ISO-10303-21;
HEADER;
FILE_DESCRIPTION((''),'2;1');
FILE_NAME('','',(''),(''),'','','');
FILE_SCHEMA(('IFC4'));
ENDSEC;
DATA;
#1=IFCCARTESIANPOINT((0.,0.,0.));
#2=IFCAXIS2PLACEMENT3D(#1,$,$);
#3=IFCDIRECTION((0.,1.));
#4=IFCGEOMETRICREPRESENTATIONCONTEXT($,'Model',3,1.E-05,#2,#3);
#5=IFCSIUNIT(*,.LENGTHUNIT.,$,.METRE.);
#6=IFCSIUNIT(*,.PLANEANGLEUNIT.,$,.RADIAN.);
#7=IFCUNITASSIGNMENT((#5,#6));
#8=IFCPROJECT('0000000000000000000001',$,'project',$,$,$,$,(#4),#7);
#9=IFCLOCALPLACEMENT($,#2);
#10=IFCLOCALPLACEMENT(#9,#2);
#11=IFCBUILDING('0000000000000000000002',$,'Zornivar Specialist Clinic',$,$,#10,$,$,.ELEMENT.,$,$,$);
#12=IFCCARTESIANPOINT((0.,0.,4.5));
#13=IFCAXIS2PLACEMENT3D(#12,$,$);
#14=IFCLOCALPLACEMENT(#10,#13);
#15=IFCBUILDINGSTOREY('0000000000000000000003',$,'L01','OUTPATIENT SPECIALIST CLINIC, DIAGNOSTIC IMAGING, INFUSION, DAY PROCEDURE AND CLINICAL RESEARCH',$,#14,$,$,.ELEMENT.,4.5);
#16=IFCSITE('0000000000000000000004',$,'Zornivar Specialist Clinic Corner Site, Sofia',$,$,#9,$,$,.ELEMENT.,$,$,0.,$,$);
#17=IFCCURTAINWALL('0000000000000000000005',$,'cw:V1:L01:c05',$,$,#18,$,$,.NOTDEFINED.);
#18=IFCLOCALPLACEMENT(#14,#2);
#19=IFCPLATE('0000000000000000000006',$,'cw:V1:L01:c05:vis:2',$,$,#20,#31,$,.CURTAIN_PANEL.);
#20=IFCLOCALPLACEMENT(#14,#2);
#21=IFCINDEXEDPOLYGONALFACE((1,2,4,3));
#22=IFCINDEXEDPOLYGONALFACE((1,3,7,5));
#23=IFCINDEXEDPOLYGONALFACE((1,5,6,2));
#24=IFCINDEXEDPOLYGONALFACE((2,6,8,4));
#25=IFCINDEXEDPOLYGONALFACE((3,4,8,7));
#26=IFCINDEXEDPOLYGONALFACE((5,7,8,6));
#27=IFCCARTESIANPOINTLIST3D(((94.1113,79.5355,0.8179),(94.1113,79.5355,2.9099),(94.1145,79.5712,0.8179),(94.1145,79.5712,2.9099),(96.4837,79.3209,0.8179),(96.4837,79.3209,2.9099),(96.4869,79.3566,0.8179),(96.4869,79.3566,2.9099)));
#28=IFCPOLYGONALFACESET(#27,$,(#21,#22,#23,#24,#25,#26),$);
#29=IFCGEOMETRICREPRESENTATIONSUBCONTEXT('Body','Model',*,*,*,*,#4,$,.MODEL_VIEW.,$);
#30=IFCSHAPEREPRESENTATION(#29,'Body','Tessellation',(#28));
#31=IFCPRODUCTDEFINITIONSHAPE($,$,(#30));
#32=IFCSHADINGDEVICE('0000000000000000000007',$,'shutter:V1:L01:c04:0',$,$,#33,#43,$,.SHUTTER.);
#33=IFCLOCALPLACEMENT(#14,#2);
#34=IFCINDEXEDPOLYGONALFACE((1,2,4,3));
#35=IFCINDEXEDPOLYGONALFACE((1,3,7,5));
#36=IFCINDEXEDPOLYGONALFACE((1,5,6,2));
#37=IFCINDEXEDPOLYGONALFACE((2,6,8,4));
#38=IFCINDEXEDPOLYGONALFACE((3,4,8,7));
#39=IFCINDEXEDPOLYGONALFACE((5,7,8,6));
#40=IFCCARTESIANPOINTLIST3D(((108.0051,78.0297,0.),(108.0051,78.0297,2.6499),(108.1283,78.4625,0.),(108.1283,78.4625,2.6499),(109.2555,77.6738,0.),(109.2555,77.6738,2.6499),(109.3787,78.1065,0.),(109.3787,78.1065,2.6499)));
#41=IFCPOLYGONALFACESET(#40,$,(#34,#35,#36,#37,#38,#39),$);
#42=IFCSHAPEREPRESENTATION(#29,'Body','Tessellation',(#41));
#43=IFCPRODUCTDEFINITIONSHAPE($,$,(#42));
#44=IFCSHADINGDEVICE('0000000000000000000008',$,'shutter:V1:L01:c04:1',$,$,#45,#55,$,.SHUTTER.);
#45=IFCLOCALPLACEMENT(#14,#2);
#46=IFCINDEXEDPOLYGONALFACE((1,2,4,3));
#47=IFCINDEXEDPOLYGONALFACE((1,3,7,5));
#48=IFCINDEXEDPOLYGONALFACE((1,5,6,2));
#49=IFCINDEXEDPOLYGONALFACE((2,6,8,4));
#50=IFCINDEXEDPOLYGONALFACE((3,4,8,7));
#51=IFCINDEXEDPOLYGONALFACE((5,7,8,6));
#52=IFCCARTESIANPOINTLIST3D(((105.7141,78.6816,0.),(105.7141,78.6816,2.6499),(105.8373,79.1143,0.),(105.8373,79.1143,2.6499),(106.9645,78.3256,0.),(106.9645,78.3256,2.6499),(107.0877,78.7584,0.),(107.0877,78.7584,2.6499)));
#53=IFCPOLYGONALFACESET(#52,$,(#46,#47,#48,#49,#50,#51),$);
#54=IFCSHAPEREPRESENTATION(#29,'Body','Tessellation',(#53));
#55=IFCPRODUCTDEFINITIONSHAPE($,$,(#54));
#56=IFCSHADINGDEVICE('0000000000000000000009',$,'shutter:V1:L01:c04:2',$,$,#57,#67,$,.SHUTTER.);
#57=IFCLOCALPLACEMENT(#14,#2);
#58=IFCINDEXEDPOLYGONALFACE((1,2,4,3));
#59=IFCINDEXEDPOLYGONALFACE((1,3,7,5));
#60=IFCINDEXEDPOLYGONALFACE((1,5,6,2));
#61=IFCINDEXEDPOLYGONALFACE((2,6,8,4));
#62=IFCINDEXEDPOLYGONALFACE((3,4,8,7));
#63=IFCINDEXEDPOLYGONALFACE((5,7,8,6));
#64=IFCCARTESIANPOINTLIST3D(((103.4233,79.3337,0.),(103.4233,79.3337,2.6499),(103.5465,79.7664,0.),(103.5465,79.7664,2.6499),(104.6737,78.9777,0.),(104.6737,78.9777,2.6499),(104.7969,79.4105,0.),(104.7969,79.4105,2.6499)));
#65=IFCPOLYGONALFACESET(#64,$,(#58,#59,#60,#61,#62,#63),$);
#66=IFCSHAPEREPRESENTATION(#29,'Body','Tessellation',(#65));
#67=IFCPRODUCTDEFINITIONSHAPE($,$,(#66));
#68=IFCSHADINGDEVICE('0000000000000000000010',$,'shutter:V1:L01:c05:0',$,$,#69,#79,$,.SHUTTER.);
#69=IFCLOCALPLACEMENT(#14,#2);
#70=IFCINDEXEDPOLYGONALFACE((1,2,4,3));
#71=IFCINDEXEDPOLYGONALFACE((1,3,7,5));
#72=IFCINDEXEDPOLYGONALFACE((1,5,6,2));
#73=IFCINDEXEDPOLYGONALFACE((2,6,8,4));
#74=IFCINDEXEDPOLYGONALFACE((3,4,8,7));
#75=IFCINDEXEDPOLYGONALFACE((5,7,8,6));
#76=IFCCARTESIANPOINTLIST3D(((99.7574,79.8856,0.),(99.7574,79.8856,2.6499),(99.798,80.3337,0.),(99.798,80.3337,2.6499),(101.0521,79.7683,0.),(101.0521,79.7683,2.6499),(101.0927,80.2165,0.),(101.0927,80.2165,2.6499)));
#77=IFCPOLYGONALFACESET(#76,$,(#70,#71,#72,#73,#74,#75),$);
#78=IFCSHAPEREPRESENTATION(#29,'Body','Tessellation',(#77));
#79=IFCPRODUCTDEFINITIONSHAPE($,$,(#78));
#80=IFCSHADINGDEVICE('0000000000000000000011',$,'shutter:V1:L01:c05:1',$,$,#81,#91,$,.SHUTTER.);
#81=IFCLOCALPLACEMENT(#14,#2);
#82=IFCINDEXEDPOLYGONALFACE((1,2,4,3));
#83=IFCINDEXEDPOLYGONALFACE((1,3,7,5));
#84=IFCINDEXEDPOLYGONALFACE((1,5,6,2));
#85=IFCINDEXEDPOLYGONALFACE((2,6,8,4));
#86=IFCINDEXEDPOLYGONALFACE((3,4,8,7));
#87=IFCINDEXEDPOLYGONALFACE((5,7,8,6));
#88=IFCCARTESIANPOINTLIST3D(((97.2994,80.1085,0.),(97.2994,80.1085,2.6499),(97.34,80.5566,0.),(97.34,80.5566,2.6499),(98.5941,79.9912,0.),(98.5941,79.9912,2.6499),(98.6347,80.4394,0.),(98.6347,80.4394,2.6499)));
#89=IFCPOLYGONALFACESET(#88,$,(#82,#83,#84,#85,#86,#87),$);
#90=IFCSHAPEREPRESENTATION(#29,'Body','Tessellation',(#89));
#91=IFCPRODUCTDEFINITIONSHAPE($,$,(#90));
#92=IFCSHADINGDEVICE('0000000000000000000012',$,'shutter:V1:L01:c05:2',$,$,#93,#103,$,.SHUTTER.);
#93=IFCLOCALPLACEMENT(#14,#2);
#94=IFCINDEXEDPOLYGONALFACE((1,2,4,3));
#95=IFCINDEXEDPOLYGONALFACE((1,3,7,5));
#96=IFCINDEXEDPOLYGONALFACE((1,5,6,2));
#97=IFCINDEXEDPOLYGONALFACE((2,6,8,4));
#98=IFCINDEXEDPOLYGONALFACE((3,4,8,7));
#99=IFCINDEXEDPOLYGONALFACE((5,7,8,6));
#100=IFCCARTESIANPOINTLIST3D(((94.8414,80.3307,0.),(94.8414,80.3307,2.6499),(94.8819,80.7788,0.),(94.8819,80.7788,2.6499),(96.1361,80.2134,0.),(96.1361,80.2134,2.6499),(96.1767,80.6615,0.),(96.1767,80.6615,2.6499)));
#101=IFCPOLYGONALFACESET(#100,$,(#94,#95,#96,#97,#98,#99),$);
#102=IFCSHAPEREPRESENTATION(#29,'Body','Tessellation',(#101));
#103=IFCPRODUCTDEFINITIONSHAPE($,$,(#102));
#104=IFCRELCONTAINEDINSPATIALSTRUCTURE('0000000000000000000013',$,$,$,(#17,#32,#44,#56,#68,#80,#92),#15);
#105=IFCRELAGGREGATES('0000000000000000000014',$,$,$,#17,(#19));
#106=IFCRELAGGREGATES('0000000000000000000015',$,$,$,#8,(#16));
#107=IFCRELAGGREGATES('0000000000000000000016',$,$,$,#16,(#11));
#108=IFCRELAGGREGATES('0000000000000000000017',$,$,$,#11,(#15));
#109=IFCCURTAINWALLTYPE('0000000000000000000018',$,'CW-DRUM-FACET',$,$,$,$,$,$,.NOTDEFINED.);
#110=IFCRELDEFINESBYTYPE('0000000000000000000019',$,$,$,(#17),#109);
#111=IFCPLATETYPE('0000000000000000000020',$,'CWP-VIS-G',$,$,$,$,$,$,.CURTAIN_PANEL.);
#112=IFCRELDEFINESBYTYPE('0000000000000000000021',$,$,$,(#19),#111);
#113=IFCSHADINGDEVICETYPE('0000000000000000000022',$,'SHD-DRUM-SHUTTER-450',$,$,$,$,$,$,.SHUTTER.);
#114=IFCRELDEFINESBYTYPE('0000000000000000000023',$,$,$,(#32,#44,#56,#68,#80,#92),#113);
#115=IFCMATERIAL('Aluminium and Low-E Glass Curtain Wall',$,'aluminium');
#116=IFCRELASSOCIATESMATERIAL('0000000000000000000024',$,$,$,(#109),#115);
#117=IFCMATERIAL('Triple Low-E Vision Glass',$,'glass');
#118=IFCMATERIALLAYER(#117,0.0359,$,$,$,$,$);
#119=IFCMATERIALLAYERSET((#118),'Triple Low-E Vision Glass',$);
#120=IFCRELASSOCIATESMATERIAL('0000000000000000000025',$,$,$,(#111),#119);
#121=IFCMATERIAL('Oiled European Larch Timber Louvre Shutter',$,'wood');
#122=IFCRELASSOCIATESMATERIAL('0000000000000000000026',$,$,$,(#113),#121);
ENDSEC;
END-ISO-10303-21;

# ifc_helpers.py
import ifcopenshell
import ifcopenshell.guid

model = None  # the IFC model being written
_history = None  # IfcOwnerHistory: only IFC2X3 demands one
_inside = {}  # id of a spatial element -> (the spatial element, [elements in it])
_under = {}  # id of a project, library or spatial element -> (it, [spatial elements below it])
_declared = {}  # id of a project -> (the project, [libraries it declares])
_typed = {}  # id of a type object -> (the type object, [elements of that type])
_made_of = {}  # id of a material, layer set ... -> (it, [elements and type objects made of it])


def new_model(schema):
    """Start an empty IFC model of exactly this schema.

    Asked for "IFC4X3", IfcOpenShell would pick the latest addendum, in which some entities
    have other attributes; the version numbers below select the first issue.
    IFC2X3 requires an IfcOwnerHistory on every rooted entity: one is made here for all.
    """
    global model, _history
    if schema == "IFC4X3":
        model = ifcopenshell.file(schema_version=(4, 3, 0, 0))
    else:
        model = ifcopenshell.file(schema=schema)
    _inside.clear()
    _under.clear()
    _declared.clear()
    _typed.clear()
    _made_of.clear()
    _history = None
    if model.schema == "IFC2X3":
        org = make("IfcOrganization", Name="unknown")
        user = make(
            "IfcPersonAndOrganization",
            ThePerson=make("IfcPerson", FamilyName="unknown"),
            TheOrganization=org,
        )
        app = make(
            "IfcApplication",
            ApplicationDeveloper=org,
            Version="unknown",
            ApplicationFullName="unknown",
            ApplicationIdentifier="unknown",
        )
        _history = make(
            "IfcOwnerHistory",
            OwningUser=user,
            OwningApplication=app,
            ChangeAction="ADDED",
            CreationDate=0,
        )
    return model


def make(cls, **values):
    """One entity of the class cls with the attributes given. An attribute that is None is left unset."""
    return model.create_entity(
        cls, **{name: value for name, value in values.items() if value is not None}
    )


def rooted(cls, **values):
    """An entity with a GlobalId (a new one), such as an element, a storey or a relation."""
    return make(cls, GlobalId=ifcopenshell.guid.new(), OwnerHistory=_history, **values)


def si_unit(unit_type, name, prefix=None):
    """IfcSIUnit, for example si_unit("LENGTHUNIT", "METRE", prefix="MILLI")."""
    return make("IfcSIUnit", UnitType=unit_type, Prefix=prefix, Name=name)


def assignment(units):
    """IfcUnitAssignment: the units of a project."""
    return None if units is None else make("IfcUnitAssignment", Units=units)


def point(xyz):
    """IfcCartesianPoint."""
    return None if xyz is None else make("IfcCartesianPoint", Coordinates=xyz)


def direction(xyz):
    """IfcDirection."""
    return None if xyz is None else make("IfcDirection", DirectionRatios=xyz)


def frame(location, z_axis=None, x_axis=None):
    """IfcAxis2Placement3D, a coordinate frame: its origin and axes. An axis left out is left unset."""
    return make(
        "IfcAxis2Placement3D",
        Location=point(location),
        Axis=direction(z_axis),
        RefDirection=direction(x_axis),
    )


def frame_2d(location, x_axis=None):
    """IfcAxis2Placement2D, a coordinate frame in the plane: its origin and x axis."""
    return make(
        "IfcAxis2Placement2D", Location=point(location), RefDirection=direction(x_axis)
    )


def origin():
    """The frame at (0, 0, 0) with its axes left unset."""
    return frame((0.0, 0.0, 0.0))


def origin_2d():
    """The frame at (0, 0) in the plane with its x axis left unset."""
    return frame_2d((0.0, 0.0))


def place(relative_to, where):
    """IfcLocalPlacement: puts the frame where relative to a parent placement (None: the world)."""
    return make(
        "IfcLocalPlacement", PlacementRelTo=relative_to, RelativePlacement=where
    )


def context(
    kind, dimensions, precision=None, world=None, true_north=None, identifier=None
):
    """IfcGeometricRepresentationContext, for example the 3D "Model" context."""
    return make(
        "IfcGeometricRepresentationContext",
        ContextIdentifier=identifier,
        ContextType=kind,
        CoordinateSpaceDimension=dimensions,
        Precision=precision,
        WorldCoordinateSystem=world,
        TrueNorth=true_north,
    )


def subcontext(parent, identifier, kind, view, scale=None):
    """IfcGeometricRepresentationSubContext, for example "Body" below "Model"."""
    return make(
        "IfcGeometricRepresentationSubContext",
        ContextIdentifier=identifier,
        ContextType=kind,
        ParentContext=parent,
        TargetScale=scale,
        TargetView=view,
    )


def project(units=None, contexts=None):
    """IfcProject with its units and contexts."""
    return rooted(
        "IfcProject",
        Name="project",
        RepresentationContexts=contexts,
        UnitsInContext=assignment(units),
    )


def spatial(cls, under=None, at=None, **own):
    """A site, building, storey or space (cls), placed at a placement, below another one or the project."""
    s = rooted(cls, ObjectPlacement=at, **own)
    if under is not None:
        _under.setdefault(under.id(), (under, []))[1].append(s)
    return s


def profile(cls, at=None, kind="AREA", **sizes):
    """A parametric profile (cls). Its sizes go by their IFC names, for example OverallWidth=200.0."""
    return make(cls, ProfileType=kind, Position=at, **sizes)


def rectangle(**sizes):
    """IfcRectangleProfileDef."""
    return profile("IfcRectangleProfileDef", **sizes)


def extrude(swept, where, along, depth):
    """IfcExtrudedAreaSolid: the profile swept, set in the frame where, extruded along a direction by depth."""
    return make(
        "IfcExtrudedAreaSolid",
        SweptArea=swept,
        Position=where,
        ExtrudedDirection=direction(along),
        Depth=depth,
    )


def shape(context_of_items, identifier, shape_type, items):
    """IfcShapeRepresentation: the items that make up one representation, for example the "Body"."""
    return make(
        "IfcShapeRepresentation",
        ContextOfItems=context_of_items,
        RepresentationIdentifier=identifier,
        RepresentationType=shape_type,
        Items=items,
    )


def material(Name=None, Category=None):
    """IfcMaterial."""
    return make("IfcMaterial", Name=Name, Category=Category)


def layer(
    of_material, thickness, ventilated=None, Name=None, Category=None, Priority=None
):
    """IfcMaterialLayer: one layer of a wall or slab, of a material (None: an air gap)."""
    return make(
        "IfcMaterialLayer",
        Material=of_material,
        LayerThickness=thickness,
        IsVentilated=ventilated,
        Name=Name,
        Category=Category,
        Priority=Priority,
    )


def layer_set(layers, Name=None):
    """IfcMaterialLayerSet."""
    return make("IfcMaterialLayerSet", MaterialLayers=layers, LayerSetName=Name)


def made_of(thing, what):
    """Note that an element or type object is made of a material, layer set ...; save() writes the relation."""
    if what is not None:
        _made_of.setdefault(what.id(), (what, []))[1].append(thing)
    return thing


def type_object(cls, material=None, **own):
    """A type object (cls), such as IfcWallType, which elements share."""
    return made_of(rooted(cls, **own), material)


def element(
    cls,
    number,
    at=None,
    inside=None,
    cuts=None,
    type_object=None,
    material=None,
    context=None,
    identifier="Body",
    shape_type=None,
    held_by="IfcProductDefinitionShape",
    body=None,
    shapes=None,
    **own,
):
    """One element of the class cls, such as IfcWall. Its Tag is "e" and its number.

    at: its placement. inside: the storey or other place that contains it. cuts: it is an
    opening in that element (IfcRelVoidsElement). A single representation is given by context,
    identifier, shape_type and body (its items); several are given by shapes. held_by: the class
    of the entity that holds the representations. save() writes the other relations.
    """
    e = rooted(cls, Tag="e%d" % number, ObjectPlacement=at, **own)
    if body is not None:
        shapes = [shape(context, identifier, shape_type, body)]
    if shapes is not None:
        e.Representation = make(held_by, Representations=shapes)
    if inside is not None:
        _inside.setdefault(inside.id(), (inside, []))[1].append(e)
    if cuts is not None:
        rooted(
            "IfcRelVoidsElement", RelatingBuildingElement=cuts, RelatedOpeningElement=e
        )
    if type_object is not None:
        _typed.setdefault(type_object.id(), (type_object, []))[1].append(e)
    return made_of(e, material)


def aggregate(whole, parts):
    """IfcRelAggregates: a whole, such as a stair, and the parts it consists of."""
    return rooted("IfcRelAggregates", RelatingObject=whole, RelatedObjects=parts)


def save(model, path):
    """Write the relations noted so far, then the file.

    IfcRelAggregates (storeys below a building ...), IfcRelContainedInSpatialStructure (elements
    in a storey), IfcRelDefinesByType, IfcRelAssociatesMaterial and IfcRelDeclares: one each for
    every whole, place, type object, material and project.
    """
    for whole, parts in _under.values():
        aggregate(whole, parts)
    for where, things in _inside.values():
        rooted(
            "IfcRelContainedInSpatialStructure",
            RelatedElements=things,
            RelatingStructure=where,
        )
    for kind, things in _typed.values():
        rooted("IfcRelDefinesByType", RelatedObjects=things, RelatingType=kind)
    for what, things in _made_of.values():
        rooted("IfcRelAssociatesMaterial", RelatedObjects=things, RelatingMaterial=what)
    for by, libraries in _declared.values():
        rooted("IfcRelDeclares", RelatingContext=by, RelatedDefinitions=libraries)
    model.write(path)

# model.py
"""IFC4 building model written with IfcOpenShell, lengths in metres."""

from ifc_helpers import new_model, si_unit, direction, frame, origin, origin_2d, place, context, subcontext, project, spatial, rectangle, extrude, material, layer, layer_set, type_object, element, aggregate, save


model = new_model("IFC4")

# Units and contexts
model_context = context("Model", 3, precision=1e-05, world=origin(), true_north=direction((0.0, 1.0)))
body_context = subcontext(model_context, "Body", "Model", "MODEL_VIEW")
ifc_project = project(units=[si_unit("LENGTHUNIT", "METRE"), si_unit("PLANEANGLEUNIT", "RADIAN")], contexts=[model_context])

# Site, building, storey
site_placement = place(None, origin())
site = spatial("IfcSite", under=ifc_project, at=site_placement, Name="Zornivar Specialist Clinic Corner Site, Sofia", CompositionType="ELEMENT", RefElevation=0.0)
building_placement = place(site_placement, origin())
building = spatial("IfcBuilding", under=site, at=building_placement, Name="Zornivar Specialist Clinic", CompositionType="ELEMENT")
storey_placement = place(building_placement, frame((0.0, 0.0, 4.5)))
storey = spatial("IfcBuildingStorey", under=building, at=storey_placement, Name="L01", Description="OUTPATIENT SPECIALIST CLINIC, DIAGNOSTIC IMAGING, INFUSION, DAY PROCEDURE AND CLINICAL RESEARCH", CompositionType="ELEMENT", Elevation=4.5)

# Shared definitions
ifc_material_1 = material(Name="Aluminium and Low-E Glass Curtain Wall", Category="aluminium")
curtain_wall_type = type_object("IfcCurtainWallType", Name="CW-DRUM-FACET", PredefinedType="NOTDEFINED", material=ifc_material_1)

# Curtain wall
curtain_wall_1_placement = place(storey_placement, origin())
curtain_wall_1 = element("IfcCurtainWall", 1, at=curtain_wall_1_placement, inside=storey, type_object=curtain_wall_type, Name="cw:V1:L01:c05", PredefinedType="NOTDEFINED")

# Plate
ifc_material_2 = material(Name="Triple Low-E Vision Glass", Category="glass")
ifc_layer_1 = layer(ifc_material_2, 0.0359)
ifc_layer_set_1 = layer_set([ifc_layer_1], Name="Triple Low-E Vision Glass")
plate_type_1 = type_object("IfcPlateType", Name="CWP-VIS-G", PredefinedType="CURTAIN_PANEL", material=ifc_layer_set_1)
plate_1_placement = place(storey_placement, frame((95.2991, 79.446, 0.8179), z_axis=(0.0, 0.0, 1.0), x_axis=(-0.995933, 0.090099, 0.0)))
plate_1 = element("IfcPlate", 2, at=plate_1_placement, type_object=plate_type_1, Name="cw:V1:L01:c05:vis:2", PredefinedType="CURTAIN_PANEL", context=body_context, shape_type="SweptSolid", body=[
    extrude(rectangle(XDim=2.3821, YDim=0.0359, at=origin_2d()), origin(), (0.0, 0.0, 1.0), 2.092),
])
aggregate(curtain_wall_1, [plate_1])

# Shading devices
ifc_material_3 = material(Name="Oiled European Larch Timber Louvre Shutter", Category="wood")
shading_device_type = type_object("IfcShadingDeviceType", Name="SHD-DRUM-SHUTTER-450", PredefinedType="SHUTTER", material=ifc_material_3)
for number, where, z_axis, x_axis, name in (
    (3, (108.6919, 78.0681, 0.0), (0.0, 0.0, 1.0), (-0.961785, 0.273805, 0.0), "shutter:V1:L01:c04:0"),
    (4, (106.4009, 78.72, 0.0), (0.0, 0.0, 1.0), (-0.961785, 0.273805, 0.0), "shutter:V1:L01:c04:1"),
    (5, (104.1101, 79.3721, 0.0), (0.0, 0.0, 1.0), (-0.961785, 0.273805, 0.0), "shutter:V1:L01:c04:2"),
    (6, (100.425, 80.051, 0.0), (0.0, 0.0, 1.0), (-0.995925, 0.090188, 0.0), "shutter:V1:L01:c05:0"),
    (7, (97.967, 80.2739, 0.0), (0.0, 0.0, 1.0), (-0.995925, 0.090188, 0.0), "shutter:V1:L01:c05:1"),
    (8, (95.509, 80.4961, 0.0), (0.0, 0.0, 1.0), (-0.995925, 0.090188, 0.0), "shutter:V1:L01:c05:2"),
):
    element("IfcShadingDevice", number, at=place(storey_placement, frame(where, z_axis=z_axis, x_axis=x_axis)), inside=storey, type_object=shading_device_type, Name=name, PredefinedType="SHUTTER", context=body_context, shape_type="SweptSolid", body=[
        extrude(rectangle(XDim=1.3, YDim=0.45, at=origin_2d()), origin(), (0.0, 0.0, 1.0), 2.6499),
    ])

save(model, "model.ifc")
